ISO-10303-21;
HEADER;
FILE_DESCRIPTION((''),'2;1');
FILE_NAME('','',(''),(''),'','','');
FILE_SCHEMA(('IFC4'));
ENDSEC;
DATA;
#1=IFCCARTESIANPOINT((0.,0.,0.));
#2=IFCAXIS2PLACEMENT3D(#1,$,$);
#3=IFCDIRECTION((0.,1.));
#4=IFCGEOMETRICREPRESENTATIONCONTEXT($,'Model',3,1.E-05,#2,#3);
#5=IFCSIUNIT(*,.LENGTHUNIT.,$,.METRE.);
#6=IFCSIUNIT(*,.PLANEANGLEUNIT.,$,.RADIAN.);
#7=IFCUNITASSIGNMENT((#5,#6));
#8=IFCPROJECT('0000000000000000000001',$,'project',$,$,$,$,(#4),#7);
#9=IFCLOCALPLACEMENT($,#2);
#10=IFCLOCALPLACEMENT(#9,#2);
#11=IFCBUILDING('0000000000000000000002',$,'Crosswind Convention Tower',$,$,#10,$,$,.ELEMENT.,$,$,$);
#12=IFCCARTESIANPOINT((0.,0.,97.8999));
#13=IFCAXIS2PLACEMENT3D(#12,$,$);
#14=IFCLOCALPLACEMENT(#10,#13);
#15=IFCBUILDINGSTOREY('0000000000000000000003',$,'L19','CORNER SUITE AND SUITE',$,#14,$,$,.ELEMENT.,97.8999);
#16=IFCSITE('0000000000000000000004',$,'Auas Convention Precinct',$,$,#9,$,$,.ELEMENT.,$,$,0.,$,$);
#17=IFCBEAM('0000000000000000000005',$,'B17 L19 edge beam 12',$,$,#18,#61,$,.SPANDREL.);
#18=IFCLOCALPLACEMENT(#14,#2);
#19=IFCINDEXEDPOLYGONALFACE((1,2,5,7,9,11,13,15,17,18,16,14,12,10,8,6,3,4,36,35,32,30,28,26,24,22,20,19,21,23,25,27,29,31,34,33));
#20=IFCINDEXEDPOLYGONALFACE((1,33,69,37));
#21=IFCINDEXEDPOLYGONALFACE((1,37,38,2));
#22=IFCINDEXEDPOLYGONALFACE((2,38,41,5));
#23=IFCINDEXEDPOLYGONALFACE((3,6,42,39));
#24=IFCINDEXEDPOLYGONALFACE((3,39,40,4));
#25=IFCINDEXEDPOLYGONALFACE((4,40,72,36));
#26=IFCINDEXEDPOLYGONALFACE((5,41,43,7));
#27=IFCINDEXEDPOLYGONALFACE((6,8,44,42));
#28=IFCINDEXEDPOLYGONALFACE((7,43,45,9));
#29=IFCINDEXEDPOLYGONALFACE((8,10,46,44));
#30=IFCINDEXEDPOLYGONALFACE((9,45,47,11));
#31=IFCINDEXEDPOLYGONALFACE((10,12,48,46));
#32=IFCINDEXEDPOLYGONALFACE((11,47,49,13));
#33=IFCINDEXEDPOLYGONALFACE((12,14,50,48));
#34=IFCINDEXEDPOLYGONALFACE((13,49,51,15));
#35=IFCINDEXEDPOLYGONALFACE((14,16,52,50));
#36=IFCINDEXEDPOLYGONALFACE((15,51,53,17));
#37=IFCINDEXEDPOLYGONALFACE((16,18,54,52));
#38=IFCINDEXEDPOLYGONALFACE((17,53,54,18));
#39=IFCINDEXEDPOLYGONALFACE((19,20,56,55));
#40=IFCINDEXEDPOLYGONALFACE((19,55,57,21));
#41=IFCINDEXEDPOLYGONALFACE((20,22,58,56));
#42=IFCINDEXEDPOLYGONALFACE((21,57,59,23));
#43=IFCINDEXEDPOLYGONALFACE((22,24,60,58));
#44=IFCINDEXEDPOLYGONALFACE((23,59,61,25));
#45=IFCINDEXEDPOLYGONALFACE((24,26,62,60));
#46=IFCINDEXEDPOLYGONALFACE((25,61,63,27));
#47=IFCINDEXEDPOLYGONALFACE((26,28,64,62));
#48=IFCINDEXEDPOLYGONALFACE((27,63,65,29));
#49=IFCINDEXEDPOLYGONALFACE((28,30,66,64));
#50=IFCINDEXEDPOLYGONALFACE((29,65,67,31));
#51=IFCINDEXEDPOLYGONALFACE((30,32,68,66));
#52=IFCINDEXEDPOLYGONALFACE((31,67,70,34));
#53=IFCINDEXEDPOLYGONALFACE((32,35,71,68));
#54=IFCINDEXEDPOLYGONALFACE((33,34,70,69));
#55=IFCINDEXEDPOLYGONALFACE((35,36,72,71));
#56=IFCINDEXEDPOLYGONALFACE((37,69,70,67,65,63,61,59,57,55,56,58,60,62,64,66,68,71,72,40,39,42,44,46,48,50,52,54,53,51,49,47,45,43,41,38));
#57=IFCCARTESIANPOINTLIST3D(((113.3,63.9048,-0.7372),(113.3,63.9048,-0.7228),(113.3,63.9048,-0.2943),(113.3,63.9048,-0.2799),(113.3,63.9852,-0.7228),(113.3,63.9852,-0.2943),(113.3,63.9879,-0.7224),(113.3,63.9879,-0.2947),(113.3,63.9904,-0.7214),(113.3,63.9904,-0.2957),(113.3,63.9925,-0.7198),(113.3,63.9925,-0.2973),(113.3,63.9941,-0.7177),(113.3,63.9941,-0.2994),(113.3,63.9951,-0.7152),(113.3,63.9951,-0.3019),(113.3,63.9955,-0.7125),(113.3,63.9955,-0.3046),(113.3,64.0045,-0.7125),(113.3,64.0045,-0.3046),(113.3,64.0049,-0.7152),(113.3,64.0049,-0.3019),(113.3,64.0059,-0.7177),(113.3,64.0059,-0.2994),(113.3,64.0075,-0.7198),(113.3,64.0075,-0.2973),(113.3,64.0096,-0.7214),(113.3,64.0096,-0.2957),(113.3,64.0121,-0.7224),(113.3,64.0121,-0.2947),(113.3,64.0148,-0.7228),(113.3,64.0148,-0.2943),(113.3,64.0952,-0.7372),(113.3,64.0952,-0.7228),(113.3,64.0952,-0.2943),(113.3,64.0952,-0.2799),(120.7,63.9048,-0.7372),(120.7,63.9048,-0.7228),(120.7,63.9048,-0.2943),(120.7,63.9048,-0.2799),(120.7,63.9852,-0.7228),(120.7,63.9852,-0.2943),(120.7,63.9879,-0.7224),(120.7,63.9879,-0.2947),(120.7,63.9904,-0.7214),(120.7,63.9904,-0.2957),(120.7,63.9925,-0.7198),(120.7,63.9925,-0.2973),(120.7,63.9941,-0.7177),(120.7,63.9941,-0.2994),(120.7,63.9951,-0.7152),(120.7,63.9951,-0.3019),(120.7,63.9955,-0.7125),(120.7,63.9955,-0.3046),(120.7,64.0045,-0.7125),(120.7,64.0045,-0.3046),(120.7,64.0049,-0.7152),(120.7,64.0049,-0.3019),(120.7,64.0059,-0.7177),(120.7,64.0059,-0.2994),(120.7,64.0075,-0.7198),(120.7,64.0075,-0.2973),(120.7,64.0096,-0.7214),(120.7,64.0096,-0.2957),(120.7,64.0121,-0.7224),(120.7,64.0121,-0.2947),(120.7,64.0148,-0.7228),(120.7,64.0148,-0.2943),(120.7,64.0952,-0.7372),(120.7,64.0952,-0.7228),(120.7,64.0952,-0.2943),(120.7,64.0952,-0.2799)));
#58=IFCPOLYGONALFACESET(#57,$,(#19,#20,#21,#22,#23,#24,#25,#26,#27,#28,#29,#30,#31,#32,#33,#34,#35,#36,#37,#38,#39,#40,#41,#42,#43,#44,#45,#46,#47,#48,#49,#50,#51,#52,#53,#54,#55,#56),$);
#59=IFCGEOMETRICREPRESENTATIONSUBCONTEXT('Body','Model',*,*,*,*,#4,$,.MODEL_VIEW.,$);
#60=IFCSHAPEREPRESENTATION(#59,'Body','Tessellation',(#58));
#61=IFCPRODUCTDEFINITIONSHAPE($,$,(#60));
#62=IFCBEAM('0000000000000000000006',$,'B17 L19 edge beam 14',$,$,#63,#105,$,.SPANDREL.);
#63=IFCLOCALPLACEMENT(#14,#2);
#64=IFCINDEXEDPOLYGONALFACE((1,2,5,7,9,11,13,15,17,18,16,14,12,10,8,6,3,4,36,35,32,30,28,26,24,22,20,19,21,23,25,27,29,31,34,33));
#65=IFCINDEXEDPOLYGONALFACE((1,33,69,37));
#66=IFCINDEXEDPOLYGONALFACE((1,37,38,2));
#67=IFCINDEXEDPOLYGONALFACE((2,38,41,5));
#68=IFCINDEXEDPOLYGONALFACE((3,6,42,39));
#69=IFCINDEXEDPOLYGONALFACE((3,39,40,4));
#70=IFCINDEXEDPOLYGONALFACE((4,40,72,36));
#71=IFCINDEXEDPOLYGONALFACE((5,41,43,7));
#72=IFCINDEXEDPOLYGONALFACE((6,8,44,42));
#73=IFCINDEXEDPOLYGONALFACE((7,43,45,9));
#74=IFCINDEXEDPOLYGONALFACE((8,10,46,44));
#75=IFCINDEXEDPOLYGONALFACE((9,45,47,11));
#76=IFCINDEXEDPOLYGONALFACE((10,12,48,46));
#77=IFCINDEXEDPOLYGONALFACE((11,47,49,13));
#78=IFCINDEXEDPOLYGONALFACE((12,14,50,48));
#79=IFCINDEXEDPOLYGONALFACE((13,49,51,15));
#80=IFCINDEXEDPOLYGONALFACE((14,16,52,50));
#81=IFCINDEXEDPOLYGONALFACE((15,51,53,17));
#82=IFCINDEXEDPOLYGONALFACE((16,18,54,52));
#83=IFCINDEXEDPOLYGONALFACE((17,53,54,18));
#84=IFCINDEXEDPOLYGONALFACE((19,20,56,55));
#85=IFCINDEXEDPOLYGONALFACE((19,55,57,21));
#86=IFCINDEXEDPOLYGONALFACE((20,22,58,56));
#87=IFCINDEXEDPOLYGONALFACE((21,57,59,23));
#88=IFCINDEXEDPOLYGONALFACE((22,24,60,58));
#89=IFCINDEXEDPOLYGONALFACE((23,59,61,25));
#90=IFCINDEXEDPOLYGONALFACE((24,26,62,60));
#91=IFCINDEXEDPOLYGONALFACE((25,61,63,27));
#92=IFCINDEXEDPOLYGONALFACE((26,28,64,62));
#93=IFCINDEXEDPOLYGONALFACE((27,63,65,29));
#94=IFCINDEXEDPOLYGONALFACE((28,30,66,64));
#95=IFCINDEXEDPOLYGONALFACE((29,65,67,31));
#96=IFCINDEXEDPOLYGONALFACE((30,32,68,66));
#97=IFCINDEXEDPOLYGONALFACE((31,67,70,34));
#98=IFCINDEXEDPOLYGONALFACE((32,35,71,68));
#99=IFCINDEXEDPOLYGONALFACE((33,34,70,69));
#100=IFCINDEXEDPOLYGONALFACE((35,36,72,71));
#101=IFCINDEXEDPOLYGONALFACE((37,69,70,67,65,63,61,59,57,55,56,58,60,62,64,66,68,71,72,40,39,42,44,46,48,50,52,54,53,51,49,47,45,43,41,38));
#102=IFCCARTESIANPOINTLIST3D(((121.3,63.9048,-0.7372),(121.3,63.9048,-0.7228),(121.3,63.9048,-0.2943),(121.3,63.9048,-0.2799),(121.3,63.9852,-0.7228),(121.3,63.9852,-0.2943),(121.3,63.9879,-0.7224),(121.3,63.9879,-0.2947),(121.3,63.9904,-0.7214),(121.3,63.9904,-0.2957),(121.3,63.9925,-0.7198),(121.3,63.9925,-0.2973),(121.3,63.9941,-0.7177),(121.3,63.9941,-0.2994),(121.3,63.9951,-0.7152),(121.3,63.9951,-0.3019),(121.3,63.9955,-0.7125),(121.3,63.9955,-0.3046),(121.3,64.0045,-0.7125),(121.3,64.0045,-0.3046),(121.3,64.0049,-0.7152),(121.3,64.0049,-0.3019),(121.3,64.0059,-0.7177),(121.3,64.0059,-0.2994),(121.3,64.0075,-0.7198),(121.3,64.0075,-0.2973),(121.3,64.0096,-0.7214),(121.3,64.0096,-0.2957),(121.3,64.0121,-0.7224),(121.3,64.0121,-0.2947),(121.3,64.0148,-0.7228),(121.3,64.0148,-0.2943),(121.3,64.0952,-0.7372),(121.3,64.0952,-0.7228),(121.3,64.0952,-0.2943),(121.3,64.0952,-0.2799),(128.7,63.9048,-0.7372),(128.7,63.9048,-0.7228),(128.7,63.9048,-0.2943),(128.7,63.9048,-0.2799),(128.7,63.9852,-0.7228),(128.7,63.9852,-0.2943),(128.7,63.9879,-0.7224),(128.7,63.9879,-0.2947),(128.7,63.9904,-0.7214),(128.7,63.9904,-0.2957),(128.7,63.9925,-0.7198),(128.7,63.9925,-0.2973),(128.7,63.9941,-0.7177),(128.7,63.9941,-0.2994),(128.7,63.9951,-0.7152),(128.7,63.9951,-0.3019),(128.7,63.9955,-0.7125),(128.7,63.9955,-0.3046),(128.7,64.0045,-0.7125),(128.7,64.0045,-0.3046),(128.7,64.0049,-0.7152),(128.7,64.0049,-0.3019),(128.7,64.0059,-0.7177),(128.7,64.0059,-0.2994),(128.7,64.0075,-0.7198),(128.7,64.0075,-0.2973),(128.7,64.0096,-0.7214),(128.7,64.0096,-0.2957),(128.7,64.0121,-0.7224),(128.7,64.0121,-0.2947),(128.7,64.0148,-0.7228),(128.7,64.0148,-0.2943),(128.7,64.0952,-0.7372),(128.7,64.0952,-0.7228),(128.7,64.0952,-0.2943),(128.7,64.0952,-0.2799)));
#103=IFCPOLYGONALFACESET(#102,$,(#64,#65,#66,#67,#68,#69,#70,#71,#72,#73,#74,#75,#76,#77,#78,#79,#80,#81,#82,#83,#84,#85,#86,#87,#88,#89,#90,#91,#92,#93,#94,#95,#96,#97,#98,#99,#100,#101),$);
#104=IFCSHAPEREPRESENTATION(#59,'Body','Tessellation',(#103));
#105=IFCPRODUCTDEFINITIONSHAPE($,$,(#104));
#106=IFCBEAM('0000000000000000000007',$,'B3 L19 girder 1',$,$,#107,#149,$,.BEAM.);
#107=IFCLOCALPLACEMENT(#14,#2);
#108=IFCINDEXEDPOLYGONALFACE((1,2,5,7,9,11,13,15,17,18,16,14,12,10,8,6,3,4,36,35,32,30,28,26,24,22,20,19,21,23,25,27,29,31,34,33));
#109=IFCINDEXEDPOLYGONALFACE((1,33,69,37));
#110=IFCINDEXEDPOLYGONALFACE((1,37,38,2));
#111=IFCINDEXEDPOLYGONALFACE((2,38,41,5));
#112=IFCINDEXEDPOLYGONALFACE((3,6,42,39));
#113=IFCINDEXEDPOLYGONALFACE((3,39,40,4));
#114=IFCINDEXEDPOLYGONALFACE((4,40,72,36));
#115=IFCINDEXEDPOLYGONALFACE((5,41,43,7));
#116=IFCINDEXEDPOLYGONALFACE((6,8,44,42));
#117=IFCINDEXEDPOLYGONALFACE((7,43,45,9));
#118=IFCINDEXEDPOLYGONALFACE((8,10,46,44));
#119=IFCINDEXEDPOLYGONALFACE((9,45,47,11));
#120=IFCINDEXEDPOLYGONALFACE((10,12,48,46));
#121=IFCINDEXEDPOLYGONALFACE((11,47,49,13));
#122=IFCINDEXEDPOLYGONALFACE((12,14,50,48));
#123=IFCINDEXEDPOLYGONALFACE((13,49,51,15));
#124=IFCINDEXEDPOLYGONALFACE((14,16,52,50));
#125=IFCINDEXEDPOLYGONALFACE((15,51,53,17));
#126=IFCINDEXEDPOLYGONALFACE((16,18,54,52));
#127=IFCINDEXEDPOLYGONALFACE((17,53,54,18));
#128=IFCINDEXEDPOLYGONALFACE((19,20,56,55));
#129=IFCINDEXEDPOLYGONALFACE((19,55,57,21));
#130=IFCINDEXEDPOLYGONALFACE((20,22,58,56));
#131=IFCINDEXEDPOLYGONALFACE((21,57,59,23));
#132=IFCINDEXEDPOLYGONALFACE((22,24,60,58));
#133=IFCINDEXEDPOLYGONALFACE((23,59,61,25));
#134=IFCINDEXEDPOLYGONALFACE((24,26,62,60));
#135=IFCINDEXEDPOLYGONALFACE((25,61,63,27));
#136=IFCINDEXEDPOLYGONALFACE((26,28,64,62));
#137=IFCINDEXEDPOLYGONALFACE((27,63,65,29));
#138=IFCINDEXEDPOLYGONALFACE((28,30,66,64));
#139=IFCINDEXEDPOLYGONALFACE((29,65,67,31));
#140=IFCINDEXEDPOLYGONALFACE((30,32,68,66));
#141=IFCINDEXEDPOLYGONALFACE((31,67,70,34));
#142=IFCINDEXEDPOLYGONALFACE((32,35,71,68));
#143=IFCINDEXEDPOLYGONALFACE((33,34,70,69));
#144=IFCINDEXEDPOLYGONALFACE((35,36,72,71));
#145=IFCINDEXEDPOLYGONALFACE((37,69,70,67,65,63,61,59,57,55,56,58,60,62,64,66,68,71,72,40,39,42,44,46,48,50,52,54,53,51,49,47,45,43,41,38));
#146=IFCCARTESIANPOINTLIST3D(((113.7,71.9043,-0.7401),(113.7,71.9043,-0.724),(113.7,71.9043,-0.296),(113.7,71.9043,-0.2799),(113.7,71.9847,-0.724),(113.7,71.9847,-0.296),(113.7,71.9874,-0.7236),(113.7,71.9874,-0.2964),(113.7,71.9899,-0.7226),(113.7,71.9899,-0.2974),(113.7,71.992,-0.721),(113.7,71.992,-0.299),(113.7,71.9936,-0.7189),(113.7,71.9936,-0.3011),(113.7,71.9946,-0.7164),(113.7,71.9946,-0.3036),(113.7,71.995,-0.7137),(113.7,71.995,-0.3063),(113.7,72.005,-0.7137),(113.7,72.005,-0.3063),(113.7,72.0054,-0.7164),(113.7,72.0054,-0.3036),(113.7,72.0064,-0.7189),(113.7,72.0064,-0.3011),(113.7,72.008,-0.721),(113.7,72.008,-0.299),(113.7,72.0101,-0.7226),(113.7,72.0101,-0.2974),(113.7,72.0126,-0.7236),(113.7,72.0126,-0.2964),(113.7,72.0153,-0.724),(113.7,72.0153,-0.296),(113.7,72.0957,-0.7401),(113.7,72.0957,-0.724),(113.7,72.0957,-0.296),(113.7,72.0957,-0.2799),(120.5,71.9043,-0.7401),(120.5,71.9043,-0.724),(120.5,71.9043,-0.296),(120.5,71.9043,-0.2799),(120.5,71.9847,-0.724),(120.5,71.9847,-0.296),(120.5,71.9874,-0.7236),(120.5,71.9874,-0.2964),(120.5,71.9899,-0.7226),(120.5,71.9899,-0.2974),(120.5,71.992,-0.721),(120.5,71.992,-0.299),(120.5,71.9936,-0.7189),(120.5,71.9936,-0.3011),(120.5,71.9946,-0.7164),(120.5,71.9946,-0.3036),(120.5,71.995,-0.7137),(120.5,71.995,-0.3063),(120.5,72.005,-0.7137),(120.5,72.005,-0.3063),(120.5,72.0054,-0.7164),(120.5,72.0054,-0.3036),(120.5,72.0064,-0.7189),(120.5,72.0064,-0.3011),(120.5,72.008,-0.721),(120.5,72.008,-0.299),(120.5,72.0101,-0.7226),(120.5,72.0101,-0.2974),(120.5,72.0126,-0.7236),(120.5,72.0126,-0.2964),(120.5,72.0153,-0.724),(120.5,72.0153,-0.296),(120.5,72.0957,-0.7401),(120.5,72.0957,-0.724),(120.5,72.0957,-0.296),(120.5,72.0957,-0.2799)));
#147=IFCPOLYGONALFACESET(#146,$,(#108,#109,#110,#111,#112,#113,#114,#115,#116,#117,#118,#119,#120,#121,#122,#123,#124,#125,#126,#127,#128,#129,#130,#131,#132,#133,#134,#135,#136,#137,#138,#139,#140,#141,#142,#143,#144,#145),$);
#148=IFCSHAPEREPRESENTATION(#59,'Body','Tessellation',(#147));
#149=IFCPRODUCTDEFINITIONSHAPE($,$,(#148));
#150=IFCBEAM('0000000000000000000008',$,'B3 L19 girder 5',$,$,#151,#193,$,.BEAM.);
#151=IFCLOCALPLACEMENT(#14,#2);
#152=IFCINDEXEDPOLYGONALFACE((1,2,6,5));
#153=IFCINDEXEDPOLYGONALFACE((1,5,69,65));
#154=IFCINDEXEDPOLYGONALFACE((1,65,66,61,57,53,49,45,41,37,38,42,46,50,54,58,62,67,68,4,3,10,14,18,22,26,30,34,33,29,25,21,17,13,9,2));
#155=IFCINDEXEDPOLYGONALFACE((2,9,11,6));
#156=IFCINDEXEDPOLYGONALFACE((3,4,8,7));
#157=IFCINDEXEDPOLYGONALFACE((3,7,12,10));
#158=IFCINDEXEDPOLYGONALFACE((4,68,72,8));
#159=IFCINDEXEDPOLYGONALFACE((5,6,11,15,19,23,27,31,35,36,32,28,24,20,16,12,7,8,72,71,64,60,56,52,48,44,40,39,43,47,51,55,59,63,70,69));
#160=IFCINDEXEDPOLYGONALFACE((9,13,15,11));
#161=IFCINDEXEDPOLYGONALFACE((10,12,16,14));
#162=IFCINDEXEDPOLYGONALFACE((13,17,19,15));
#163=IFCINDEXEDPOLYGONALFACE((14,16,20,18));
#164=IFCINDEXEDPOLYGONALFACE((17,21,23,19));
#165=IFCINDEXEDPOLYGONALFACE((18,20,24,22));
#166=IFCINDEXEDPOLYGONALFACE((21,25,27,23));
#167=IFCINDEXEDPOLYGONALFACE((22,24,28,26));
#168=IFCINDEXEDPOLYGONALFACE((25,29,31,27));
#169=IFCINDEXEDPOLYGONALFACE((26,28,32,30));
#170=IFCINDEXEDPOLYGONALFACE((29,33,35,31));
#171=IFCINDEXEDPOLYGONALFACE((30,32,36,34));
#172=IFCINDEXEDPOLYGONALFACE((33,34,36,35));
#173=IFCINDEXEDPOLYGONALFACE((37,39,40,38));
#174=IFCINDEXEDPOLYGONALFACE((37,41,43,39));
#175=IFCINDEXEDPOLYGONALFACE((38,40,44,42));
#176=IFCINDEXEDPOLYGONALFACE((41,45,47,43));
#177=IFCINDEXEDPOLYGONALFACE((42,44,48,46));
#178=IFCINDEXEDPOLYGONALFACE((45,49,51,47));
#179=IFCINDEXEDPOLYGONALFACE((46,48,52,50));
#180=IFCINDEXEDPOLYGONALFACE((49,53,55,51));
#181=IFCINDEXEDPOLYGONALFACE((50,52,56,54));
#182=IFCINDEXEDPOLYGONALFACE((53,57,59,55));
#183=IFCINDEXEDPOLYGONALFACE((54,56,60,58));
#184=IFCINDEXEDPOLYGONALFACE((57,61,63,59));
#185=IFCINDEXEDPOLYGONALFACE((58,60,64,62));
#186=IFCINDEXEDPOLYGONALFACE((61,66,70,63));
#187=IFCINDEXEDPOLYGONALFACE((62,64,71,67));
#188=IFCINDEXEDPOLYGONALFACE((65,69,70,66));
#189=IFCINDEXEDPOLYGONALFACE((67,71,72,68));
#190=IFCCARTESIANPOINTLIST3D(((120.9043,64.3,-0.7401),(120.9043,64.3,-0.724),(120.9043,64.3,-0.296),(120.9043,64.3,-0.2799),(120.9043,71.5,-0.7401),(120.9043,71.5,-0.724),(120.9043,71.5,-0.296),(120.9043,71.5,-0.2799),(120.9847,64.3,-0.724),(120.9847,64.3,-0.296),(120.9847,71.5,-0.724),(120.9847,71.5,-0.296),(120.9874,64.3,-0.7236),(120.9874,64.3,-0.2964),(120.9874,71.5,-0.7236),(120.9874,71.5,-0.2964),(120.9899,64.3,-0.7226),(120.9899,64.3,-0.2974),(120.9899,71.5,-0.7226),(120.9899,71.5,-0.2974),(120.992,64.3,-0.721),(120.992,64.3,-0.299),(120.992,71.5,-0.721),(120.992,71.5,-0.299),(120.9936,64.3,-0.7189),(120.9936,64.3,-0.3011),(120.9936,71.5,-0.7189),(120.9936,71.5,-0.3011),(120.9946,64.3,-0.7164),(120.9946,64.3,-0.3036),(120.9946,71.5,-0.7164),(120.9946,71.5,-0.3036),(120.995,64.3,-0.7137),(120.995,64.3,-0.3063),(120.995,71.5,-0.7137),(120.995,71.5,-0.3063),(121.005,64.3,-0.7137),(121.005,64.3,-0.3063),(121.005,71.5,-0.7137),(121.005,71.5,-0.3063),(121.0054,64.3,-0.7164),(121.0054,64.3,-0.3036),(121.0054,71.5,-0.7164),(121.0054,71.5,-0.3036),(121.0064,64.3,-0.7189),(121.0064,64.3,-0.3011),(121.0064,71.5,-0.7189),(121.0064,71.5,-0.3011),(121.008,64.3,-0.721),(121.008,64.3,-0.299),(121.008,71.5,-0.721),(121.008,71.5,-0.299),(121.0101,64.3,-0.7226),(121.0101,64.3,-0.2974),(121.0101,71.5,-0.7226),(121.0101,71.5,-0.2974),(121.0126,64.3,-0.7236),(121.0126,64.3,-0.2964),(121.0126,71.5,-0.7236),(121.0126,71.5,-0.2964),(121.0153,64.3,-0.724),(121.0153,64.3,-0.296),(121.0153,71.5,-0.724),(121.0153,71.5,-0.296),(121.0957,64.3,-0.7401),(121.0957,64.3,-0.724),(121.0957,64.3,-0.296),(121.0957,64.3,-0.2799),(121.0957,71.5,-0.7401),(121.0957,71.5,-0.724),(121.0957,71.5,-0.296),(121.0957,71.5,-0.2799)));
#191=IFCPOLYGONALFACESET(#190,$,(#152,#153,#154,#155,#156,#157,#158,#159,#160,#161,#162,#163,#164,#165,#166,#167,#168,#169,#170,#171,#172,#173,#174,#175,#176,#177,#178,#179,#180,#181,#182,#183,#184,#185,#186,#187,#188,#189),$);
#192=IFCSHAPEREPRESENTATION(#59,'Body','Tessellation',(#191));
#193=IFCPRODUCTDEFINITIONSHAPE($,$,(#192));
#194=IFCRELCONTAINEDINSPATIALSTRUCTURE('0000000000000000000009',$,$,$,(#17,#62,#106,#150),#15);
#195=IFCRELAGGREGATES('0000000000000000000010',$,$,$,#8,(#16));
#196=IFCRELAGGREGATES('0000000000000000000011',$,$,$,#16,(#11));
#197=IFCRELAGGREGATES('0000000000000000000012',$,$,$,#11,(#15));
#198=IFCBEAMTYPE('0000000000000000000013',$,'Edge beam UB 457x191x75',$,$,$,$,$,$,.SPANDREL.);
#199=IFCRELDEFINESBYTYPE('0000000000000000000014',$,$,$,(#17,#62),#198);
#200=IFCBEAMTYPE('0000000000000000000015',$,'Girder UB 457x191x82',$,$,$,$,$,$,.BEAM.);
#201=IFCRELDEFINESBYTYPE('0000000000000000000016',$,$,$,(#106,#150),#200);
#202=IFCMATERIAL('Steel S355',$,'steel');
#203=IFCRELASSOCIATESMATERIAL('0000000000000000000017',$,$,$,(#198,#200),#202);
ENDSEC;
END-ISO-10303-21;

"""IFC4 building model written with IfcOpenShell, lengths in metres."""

from ifc_helpers import new_model, si_unit, direction, frame, origin, origin_2d, place, context, subcontext, project, spatial, i_section, extrude, material, material_profile, profile_set, type_object, element, save


model = new_model("IFC4")

# Units and contexts
model_context = context("Model", 3, precision=1e-05, world=origin(), true_north=direction((0.0, 1.0)))
body_context = subcontext(model_context, "Body", "Model", "MODEL_VIEW")
ifc_project = project(units=[si_unit("LENGTHUNIT", "METRE"), si_unit("PLANEANGLEUNIT", "RADIAN")], contexts=[model_context])

# Site, building, storey
site_placement = place(None, origin())
site = spatial("IfcSite", under=ifc_project, at=site_placement, Name="Auas Convention Precinct", CompositionType="ELEMENT", RefElevation=0.0)
building_placement = place(site_placement, origin())
building = spatial("IfcBuilding", under=site, at=building_placement, Name="Crosswind Convention Tower", CompositionType="ELEMENT")
storey_placement = place(building_placement, frame((0.0, 0.0, 97.8999)))
storey = spatial("IfcBuildingStorey", under=building, at=storey_placement, Name="L19", Description="CORNER SUITE AND SUITE", CompositionType="ELEMENT", Elevation=97.8999)

# Beams
ifc_material_1 = material(Name="Steel S355", Category="steel")
ifc_material_profile_1 = material_profile(ifc_material_1, i_section(OverallWidth=0.1904, OverallDepth=0.4573, WebThickness=0.009, FlangeThickness=0.0144, FilletRadius=0.0103, at=origin_2d()), Name="UB 457x191x75")
ifc_profile_set_1 = profile_set([ifc_material_profile_1], Name="Steel S355")
beam_type_1 = type_object("IfcBeamType", Name="Edge beam UB 457x191x75", PredefinedType="SPANDREL", material=ifc_profile_set_1)
for number, where, z_axis, x_axis, name in (
    (1, (113.3, 64.0, -0.5085), (1.0, 0.0, 0.0), (0.0, 1.0, 0.0), "B17 L19 edge beam 12"),
    (2, (121.3, 64.0, -0.5085), (1.0, 0.0, 0.0), (0.0, 1.0, 0.0), "B17 L19 edge beam 14"),
):
    element("IfcBeam", number, at=place(storey_placement, frame(where, z_axis=z_axis, x_axis=x_axis)), inside=storey, type_object=beam_type_1, Name=name, PredefinedType="SPANDREL", context=body_context, shape_type="SweptSolid", body=[
        extrude(i_section(OverallWidth=0.1904, OverallDepth=0.4573, WebThickness=0.009, FlangeThickness=0.0144, FilletRadius=0.0103, at=origin_2d()), origin(), (0.0, 0.0, 1.0), 7.3999),
    ])
ifc_material_profile_2 = material_profile(ifc_material_1, i_section(OverallWidth=0.1914, OverallDepth=0.4602, WebThickness=0.01, FlangeThickness=0.0161, FilletRadius=0.0103, at=origin_2d()), Name="UB 457x191x82")
ifc_profile_set_2 = profile_set([ifc_material_profile_2], Name="Steel S355")
beam_type_2 = type_object("IfcBeamType", Name="Girder UB 457x191x82", PredefinedType="BEAM", material=ifc_profile_set_2)
beam_1_placement = place(storey_placement, frame((113.7, 72.0, -0.51), z_axis=(1.0, 0.0, 0.0), x_axis=(0.0, 1.0, 0.0)))
element("IfcBeam", 3, at=beam_1_placement, inside=storey, type_object=beam_type_2, Name="B3 L19 girder 1", PredefinedType="BEAM", context=body_context, shape_type="SweptSolid", body=[
    extrude(i_section(OverallWidth=0.1914, OverallDepth=0.4602, WebThickness=0.01, FlangeThickness=0.0161, FilletRadius=0.0103, at=origin_2d()), origin(), (0.0, 0.0, 1.0), 6.8),
])
beam_2_placement = place(storey_placement, frame((121.0, 64.3, -0.51), z_axis=(0.0, 1.0, 0.0), x_axis=(-1.0, 0.0, 0.0)))
element("IfcBeam", 4, at=beam_2_placement, inside=storey, type_object=beam_type_2, Name="B3 L19 girder 5", PredefinedType="BEAM", context=body_context, shape_type="SweptSolid", body=[
    extrude(i_section(OverallWidth=0.1914, OverallDepth=0.4602, WebThickness=0.01, FlangeThickness=0.0161, FilletRadius=0.0103, at=origin_2d()), origin(), (0.0, 0.0, 1.0), 7.2),
])

save(model, "model.ifc")
